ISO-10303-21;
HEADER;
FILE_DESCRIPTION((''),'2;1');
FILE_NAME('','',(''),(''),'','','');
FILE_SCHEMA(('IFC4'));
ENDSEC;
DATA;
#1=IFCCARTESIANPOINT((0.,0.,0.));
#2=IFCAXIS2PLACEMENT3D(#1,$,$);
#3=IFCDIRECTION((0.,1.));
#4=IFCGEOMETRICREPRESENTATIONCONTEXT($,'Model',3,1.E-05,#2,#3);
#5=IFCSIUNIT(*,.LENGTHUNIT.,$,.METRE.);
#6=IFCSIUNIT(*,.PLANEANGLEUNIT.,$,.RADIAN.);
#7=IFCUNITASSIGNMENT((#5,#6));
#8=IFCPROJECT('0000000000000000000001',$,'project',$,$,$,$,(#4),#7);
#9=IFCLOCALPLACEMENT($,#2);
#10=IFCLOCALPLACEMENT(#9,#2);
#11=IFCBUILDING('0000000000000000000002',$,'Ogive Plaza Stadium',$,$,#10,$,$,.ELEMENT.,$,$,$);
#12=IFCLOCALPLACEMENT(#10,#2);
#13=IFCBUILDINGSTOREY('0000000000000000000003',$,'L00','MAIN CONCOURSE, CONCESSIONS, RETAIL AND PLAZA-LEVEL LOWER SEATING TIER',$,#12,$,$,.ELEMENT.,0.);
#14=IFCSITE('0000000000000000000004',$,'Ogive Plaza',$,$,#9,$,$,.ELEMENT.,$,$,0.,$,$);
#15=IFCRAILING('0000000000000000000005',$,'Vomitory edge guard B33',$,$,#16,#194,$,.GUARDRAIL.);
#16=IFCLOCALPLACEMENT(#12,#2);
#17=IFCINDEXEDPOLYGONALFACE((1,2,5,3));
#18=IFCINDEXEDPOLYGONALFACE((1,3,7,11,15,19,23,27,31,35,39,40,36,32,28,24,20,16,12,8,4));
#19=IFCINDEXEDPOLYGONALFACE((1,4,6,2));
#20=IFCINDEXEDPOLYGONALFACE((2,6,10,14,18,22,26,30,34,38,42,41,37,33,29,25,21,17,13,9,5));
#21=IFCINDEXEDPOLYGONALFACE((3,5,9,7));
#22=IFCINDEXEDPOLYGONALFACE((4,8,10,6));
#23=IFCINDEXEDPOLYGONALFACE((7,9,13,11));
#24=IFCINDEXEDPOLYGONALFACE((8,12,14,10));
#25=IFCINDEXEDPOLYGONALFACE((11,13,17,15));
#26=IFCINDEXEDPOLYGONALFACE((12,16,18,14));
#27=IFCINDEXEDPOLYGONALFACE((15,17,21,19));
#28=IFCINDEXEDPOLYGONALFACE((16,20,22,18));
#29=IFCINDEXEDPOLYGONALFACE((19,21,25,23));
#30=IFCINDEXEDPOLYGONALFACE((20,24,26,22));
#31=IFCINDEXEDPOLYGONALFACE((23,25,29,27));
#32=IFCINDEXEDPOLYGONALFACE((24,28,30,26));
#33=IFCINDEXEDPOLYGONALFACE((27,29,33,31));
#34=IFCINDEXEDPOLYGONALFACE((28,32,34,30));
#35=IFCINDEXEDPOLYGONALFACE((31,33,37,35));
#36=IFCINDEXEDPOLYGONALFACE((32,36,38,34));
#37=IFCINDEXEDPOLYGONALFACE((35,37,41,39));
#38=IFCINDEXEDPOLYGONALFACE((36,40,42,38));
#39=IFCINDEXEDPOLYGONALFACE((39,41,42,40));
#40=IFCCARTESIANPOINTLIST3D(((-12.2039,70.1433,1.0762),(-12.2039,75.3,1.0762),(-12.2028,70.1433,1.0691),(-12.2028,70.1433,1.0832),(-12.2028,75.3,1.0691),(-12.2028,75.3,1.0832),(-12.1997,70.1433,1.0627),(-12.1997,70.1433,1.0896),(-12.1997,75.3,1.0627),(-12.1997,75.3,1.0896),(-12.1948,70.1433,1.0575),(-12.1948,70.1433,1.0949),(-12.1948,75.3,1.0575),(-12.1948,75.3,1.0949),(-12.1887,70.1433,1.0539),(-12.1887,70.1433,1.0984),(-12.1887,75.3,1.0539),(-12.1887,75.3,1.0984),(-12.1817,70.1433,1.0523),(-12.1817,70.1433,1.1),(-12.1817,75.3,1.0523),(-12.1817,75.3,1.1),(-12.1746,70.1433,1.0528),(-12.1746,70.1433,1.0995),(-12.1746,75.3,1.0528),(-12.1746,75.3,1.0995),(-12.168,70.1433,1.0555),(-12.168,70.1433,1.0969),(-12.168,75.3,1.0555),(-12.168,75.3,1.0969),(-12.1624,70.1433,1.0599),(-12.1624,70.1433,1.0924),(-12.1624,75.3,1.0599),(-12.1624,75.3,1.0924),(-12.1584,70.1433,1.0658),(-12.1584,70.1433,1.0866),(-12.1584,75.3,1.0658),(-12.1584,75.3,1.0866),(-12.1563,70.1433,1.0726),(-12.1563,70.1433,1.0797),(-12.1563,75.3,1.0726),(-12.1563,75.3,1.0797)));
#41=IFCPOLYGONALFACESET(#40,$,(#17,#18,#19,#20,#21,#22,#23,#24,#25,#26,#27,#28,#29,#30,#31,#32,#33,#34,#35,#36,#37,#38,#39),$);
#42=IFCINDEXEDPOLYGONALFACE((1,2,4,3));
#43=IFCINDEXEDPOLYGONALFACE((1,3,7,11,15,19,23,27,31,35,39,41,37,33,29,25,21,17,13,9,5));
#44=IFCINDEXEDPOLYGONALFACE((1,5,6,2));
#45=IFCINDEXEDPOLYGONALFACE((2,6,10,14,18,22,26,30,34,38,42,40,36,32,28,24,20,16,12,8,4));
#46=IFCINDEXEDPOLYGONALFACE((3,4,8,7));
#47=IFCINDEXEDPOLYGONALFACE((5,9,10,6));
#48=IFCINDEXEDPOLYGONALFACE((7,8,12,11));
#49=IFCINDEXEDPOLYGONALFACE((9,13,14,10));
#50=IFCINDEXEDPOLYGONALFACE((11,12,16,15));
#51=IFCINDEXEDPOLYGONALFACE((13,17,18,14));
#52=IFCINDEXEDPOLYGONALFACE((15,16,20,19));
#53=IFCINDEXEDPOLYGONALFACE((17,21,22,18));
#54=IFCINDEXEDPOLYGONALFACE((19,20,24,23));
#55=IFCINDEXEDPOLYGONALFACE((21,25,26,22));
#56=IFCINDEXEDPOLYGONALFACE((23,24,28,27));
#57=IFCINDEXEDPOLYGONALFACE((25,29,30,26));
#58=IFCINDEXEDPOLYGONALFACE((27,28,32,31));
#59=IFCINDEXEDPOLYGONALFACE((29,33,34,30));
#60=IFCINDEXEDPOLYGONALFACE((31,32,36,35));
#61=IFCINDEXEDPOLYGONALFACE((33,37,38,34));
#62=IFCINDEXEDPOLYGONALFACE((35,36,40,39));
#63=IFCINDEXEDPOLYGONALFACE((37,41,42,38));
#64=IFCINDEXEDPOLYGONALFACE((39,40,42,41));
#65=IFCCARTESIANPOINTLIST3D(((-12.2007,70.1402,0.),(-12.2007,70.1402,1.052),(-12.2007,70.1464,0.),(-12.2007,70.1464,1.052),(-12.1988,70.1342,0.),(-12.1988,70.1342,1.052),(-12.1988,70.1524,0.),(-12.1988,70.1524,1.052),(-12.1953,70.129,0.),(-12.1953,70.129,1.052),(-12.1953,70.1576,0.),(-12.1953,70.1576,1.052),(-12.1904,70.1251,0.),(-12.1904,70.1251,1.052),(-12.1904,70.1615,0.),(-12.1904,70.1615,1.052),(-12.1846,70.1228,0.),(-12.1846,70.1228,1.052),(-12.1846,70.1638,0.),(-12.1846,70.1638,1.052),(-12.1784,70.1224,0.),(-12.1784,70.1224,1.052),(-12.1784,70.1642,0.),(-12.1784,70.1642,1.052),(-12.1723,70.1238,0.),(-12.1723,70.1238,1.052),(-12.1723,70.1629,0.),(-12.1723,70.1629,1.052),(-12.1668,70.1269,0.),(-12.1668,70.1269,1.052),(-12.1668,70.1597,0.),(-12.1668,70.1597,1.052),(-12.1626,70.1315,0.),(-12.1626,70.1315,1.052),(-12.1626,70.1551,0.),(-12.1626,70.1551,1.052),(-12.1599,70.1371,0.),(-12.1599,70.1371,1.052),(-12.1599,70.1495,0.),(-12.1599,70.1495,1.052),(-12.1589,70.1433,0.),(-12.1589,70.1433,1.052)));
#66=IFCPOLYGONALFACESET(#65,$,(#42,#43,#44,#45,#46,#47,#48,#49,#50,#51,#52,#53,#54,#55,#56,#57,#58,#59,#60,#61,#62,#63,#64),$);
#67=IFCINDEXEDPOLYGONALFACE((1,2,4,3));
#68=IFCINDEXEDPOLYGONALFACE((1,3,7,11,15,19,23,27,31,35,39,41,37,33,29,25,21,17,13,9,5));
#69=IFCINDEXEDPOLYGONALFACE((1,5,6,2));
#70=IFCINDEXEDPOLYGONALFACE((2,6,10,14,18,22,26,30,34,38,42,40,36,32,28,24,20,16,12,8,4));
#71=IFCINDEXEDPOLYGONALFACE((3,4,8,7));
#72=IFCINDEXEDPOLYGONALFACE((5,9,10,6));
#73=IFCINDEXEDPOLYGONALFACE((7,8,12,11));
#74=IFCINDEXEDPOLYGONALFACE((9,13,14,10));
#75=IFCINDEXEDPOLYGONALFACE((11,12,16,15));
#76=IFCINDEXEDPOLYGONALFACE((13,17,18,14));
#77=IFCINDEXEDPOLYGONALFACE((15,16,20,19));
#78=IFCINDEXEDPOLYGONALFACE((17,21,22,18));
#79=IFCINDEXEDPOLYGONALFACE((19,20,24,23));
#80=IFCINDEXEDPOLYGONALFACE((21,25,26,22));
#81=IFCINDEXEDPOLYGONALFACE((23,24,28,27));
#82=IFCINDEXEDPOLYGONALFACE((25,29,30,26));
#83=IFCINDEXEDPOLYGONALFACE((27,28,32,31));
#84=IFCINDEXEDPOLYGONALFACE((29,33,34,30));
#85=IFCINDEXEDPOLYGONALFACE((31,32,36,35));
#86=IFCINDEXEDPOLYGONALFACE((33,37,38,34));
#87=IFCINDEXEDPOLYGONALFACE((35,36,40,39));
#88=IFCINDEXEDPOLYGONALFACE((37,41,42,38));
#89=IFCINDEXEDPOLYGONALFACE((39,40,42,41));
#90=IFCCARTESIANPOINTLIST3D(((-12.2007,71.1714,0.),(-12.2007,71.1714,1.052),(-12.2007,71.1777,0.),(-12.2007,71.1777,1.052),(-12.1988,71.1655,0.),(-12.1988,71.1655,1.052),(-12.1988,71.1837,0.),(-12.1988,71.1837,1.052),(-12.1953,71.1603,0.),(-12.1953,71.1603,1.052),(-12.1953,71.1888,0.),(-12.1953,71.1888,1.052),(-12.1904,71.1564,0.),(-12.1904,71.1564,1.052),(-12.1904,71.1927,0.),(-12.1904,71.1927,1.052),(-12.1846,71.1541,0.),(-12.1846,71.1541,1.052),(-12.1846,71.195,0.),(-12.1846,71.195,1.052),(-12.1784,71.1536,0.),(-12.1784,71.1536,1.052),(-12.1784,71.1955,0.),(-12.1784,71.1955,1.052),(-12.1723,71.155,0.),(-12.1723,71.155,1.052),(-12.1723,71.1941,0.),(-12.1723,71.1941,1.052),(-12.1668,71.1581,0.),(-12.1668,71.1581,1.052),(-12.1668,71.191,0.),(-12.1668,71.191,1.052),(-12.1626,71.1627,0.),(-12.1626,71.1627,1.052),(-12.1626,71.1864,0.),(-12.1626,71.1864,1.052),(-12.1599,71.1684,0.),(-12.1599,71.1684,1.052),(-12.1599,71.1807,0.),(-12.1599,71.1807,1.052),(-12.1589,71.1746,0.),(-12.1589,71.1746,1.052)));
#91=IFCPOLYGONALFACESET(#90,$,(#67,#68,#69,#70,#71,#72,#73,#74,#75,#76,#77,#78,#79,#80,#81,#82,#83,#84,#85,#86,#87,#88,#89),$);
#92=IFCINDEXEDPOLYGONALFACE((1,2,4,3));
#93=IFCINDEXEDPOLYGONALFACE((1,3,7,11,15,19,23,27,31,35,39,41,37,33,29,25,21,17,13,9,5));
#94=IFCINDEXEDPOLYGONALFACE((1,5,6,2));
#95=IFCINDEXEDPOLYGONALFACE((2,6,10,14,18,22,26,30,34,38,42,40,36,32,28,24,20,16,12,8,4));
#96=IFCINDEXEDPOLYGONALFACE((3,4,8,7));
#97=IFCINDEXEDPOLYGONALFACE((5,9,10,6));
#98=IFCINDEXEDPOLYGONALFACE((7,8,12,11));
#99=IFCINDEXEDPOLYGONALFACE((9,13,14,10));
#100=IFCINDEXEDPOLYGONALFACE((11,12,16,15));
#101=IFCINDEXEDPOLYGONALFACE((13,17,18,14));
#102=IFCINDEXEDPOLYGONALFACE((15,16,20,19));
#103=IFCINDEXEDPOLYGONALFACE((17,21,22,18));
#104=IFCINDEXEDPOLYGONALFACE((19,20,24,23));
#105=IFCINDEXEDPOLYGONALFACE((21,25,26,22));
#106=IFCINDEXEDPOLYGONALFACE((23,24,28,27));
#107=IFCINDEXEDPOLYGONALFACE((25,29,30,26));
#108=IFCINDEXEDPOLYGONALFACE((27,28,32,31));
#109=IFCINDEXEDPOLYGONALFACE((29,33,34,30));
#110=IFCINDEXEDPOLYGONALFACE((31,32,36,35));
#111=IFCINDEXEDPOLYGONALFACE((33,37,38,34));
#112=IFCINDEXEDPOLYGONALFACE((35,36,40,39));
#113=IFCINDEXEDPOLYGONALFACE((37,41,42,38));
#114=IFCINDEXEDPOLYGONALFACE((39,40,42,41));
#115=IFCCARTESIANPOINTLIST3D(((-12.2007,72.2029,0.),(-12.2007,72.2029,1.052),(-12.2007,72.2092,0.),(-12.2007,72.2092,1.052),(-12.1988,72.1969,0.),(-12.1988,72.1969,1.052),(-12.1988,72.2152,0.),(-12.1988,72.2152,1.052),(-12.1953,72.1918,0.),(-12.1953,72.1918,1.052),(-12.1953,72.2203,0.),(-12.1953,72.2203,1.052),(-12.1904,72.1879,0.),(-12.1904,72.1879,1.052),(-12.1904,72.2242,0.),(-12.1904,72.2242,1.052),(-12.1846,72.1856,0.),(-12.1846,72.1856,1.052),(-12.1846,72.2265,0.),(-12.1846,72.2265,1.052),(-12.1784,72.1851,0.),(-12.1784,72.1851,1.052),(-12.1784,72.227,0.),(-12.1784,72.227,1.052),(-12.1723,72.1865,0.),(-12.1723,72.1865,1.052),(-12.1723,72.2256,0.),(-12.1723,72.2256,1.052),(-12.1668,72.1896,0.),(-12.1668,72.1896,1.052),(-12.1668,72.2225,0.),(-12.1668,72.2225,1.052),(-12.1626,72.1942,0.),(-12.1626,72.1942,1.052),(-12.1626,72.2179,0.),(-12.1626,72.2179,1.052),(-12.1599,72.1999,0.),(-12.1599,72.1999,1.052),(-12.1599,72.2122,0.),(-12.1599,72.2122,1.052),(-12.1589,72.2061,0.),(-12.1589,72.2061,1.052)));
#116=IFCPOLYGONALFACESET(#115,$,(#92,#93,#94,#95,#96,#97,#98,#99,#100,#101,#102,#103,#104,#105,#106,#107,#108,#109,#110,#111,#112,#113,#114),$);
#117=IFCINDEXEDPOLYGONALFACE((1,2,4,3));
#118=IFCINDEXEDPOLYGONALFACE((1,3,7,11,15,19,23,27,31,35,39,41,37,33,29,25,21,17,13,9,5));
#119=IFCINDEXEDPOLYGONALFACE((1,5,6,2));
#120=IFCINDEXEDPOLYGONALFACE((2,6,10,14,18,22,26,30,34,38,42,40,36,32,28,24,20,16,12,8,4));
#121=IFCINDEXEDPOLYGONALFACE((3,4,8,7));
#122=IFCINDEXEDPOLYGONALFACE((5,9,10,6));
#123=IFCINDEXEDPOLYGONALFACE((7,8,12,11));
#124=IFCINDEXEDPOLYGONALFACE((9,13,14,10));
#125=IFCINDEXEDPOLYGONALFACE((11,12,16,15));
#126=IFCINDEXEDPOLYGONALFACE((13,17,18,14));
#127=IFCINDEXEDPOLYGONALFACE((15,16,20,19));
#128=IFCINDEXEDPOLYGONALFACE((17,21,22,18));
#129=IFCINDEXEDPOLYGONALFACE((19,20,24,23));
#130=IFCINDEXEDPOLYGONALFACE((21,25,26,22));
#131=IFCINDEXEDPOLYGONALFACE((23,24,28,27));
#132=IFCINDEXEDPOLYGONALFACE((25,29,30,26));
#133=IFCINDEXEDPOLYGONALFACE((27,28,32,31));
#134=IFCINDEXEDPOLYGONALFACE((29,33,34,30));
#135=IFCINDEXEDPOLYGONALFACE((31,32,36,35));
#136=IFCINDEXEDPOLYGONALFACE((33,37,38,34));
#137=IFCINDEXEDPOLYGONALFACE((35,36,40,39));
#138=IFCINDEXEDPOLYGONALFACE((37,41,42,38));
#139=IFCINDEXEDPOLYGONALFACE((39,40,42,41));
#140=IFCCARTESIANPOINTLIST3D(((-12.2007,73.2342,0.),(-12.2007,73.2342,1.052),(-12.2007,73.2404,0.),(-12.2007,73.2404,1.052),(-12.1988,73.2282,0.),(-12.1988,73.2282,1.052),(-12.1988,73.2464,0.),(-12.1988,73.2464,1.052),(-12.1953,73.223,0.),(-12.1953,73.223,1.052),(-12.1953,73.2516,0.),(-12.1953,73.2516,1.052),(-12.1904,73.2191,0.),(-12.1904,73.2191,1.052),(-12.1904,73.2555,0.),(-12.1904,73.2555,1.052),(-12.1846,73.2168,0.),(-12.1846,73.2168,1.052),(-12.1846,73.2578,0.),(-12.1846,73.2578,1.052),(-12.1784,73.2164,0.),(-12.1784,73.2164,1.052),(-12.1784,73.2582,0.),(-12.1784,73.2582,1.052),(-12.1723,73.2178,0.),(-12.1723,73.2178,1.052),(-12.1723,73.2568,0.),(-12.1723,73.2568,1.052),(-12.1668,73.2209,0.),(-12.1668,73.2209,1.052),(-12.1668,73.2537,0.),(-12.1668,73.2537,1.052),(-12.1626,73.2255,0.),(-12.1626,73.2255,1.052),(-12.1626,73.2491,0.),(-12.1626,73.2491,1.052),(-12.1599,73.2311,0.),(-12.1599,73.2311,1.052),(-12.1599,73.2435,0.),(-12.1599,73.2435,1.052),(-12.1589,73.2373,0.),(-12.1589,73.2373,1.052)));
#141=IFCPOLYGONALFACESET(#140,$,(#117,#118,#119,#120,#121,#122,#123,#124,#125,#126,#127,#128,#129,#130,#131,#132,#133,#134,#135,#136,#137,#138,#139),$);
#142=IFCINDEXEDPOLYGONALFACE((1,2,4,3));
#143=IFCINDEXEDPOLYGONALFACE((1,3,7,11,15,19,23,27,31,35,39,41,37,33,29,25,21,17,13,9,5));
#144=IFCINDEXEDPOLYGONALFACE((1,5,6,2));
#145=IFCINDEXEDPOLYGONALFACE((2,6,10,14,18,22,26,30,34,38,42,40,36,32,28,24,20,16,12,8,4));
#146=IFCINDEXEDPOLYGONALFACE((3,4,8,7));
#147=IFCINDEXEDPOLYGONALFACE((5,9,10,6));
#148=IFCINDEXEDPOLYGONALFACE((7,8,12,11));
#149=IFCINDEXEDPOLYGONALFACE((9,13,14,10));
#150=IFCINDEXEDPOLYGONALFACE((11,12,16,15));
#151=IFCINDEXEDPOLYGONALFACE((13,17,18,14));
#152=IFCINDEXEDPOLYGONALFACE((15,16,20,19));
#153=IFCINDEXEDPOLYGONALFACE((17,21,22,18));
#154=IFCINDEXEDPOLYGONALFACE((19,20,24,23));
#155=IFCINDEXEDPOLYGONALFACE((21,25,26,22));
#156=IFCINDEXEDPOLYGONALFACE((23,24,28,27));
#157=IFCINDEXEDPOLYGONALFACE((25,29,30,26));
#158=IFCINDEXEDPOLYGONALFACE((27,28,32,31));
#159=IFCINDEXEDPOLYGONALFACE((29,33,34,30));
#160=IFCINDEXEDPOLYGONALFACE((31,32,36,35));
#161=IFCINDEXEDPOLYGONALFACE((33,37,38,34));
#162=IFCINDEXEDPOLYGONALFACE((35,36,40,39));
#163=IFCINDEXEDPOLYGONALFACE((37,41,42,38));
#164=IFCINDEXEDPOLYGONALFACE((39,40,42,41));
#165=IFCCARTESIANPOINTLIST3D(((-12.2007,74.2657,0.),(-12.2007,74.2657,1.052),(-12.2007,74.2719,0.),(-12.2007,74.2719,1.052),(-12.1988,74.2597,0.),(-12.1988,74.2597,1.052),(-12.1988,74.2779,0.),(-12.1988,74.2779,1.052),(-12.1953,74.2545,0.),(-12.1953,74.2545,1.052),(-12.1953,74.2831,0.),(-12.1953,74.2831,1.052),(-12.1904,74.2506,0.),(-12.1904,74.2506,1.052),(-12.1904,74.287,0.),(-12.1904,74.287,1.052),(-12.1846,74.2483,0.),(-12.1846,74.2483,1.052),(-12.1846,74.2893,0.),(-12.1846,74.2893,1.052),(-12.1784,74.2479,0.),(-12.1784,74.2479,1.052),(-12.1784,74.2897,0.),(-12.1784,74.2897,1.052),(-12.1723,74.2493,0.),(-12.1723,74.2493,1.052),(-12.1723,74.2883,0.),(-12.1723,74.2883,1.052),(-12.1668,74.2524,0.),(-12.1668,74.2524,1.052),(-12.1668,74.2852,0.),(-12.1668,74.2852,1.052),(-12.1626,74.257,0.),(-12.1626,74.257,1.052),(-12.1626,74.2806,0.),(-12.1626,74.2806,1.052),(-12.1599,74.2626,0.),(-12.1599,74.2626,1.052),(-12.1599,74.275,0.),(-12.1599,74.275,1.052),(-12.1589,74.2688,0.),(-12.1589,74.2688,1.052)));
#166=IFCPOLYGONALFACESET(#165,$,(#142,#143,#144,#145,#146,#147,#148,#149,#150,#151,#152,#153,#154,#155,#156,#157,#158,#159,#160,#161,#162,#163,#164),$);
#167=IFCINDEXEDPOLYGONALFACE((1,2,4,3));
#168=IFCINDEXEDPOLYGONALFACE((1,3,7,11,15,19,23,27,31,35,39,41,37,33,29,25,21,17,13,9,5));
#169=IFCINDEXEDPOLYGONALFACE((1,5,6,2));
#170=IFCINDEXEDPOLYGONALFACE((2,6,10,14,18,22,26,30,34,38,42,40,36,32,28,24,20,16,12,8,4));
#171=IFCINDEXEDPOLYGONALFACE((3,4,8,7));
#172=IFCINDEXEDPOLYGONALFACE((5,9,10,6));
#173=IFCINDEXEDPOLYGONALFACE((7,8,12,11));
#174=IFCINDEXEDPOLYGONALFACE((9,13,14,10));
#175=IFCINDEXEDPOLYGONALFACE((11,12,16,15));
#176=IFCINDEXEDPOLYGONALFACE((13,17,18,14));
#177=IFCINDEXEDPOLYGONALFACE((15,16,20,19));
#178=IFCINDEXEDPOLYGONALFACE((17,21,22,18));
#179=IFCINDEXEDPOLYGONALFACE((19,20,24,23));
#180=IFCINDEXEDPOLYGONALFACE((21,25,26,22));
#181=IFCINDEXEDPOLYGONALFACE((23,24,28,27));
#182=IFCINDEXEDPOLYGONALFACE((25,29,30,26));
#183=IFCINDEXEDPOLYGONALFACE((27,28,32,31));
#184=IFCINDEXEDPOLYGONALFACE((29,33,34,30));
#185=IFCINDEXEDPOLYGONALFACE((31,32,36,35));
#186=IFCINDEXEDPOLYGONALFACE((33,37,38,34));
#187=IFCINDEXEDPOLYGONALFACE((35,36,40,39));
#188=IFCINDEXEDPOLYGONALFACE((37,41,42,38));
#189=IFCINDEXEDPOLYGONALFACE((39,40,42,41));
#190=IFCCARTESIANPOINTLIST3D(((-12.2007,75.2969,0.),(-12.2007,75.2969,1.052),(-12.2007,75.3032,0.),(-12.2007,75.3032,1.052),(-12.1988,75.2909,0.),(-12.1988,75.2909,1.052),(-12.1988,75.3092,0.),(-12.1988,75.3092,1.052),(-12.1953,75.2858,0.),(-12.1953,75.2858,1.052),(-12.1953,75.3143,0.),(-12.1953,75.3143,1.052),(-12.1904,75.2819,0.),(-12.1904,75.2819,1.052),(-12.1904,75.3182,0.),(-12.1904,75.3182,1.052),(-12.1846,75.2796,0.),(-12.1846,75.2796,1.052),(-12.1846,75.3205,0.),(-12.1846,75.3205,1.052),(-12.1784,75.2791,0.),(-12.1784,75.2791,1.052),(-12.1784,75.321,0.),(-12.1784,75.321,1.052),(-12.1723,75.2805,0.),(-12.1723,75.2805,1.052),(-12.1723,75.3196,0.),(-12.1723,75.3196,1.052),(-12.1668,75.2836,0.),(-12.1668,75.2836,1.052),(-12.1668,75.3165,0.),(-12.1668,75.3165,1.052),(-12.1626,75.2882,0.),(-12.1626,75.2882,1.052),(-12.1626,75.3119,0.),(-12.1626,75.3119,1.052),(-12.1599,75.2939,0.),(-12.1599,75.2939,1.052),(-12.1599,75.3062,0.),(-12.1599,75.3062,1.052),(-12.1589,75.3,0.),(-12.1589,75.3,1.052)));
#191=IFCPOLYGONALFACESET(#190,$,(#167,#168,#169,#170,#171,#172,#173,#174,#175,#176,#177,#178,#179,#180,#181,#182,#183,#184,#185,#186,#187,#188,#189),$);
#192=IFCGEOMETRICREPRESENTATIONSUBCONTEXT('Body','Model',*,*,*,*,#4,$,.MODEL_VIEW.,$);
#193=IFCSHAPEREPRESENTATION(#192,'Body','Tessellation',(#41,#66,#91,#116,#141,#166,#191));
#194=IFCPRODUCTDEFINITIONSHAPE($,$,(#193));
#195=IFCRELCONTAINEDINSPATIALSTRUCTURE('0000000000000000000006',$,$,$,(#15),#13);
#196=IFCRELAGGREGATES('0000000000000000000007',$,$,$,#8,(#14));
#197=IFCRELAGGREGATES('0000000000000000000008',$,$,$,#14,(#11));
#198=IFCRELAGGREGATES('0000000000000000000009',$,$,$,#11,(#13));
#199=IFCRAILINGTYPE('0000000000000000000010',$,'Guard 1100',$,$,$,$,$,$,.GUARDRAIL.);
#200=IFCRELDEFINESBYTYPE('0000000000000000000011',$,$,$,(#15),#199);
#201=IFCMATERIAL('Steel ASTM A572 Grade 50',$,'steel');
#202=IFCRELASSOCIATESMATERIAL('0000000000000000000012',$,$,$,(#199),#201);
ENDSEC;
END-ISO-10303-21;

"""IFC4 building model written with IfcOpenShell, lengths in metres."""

from ifc_helpers import new_model, si_unit, direction, frame, origin, origin_2d, place, context, subcontext, project, spatial, circle, extrude, material, type_object, element, save


model = new_model("IFC4")

# Units and contexts
model_context = context("Model", 3, precision=1e-05, world=origin(), true_north=direction((0.0, 1.0)))
body_context = subcontext(model_context, "Body", "Model", "MODEL_VIEW")
ifc_project = project(units=[si_unit("LENGTHUNIT", "METRE"), si_unit("PLANEANGLEUNIT", "RADIAN")], contexts=[model_context])

# Site, building, storey
site_placement = place(None, origin())
site = spatial("IfcSite", under=ifc_project, at=site_placement, Name="Ogive Plaza", CompositionType="ELEMENT", RefElevation=0.0)
building_placement = place(site_placement, origin())
building = spatial("IfcBuilding", under=site, at=building_placement, Name="Ogive Plaza Stadium", CompositionType="ELEMENT")
storey_placement = place(building_placement, origin())
storey = spatial("IfcBuildingStorey", under=building, at=storey_placement, Name="L00", Description="MAIN CONCOURSE, CONCESSIONS, RETAIL AND PLAZA-LEVEL LOWER SEATING TIER", CompositionType="ELEMENT", Elevation=0.0)

# Railing
ifc_material_1 = material(Name="Steel ASTM A572 Grade 50", Category="steel")
railing_type = type_object("IfcRailingType", Name="Guard 1100", PredefinedType="GUARDRAIL", material=ifc_material_1)
for number, where, name in (
    (1, (-12.1799, 70.1433, 0.0), "Vomitory edge guard B33"),
):
    element("IfcRailing", number, at=place(storey_placement, frame(where)), inside=storey, type_object=railing_type, Name=name, PredefinedType="GUARDRAIL", context=body_context, shape_type="SweptSolid", body=[
        extrude(circle(Radius=0.0239, at=origin_2d()), frame((0.0, 0.0, 1.0762), z_axis=(0.0, 1.0, 0.0), x_axis=(-1.0, 0.0, 0.0)), (0.0, 0.0, 1.0), 5.1567),
        extrude(circle(Radius=0.021, at=origin_2d()), origin(), (0.0, 0.0, 1.0), 1.052),
        extrude(circle(Radius=0.021, at=origin_2d()), frame((0.0, 1.0312, 0.0)), (0.0, 0.0, 1.0), 1.052),
        extrude(circle(Radius=0.021, at=origin_2d()), frame((0.0, 2.0627, 0.0)), (0.0, 0.0, 1.0), 1.052),
        extrude(circle(Radius=0.021, at=origin_2d()), frame((0.0, 3.094, 0.0)), (0.0, 0.0, 1.0), 1.052),
        extrude(circle(Radius=0.021, at=origin_2d()), frame((0.0, 4.1255, 0.0)), (0.0, 0.0, 1.0), 1.052),
        extrude(circle(Radius=0.021, at=origin_2d()), frame((0.0, 5.1567, 0.0)), (0.0, 0.0, 1.0), 1.052),
    ])

save(model, "model.ifc")
